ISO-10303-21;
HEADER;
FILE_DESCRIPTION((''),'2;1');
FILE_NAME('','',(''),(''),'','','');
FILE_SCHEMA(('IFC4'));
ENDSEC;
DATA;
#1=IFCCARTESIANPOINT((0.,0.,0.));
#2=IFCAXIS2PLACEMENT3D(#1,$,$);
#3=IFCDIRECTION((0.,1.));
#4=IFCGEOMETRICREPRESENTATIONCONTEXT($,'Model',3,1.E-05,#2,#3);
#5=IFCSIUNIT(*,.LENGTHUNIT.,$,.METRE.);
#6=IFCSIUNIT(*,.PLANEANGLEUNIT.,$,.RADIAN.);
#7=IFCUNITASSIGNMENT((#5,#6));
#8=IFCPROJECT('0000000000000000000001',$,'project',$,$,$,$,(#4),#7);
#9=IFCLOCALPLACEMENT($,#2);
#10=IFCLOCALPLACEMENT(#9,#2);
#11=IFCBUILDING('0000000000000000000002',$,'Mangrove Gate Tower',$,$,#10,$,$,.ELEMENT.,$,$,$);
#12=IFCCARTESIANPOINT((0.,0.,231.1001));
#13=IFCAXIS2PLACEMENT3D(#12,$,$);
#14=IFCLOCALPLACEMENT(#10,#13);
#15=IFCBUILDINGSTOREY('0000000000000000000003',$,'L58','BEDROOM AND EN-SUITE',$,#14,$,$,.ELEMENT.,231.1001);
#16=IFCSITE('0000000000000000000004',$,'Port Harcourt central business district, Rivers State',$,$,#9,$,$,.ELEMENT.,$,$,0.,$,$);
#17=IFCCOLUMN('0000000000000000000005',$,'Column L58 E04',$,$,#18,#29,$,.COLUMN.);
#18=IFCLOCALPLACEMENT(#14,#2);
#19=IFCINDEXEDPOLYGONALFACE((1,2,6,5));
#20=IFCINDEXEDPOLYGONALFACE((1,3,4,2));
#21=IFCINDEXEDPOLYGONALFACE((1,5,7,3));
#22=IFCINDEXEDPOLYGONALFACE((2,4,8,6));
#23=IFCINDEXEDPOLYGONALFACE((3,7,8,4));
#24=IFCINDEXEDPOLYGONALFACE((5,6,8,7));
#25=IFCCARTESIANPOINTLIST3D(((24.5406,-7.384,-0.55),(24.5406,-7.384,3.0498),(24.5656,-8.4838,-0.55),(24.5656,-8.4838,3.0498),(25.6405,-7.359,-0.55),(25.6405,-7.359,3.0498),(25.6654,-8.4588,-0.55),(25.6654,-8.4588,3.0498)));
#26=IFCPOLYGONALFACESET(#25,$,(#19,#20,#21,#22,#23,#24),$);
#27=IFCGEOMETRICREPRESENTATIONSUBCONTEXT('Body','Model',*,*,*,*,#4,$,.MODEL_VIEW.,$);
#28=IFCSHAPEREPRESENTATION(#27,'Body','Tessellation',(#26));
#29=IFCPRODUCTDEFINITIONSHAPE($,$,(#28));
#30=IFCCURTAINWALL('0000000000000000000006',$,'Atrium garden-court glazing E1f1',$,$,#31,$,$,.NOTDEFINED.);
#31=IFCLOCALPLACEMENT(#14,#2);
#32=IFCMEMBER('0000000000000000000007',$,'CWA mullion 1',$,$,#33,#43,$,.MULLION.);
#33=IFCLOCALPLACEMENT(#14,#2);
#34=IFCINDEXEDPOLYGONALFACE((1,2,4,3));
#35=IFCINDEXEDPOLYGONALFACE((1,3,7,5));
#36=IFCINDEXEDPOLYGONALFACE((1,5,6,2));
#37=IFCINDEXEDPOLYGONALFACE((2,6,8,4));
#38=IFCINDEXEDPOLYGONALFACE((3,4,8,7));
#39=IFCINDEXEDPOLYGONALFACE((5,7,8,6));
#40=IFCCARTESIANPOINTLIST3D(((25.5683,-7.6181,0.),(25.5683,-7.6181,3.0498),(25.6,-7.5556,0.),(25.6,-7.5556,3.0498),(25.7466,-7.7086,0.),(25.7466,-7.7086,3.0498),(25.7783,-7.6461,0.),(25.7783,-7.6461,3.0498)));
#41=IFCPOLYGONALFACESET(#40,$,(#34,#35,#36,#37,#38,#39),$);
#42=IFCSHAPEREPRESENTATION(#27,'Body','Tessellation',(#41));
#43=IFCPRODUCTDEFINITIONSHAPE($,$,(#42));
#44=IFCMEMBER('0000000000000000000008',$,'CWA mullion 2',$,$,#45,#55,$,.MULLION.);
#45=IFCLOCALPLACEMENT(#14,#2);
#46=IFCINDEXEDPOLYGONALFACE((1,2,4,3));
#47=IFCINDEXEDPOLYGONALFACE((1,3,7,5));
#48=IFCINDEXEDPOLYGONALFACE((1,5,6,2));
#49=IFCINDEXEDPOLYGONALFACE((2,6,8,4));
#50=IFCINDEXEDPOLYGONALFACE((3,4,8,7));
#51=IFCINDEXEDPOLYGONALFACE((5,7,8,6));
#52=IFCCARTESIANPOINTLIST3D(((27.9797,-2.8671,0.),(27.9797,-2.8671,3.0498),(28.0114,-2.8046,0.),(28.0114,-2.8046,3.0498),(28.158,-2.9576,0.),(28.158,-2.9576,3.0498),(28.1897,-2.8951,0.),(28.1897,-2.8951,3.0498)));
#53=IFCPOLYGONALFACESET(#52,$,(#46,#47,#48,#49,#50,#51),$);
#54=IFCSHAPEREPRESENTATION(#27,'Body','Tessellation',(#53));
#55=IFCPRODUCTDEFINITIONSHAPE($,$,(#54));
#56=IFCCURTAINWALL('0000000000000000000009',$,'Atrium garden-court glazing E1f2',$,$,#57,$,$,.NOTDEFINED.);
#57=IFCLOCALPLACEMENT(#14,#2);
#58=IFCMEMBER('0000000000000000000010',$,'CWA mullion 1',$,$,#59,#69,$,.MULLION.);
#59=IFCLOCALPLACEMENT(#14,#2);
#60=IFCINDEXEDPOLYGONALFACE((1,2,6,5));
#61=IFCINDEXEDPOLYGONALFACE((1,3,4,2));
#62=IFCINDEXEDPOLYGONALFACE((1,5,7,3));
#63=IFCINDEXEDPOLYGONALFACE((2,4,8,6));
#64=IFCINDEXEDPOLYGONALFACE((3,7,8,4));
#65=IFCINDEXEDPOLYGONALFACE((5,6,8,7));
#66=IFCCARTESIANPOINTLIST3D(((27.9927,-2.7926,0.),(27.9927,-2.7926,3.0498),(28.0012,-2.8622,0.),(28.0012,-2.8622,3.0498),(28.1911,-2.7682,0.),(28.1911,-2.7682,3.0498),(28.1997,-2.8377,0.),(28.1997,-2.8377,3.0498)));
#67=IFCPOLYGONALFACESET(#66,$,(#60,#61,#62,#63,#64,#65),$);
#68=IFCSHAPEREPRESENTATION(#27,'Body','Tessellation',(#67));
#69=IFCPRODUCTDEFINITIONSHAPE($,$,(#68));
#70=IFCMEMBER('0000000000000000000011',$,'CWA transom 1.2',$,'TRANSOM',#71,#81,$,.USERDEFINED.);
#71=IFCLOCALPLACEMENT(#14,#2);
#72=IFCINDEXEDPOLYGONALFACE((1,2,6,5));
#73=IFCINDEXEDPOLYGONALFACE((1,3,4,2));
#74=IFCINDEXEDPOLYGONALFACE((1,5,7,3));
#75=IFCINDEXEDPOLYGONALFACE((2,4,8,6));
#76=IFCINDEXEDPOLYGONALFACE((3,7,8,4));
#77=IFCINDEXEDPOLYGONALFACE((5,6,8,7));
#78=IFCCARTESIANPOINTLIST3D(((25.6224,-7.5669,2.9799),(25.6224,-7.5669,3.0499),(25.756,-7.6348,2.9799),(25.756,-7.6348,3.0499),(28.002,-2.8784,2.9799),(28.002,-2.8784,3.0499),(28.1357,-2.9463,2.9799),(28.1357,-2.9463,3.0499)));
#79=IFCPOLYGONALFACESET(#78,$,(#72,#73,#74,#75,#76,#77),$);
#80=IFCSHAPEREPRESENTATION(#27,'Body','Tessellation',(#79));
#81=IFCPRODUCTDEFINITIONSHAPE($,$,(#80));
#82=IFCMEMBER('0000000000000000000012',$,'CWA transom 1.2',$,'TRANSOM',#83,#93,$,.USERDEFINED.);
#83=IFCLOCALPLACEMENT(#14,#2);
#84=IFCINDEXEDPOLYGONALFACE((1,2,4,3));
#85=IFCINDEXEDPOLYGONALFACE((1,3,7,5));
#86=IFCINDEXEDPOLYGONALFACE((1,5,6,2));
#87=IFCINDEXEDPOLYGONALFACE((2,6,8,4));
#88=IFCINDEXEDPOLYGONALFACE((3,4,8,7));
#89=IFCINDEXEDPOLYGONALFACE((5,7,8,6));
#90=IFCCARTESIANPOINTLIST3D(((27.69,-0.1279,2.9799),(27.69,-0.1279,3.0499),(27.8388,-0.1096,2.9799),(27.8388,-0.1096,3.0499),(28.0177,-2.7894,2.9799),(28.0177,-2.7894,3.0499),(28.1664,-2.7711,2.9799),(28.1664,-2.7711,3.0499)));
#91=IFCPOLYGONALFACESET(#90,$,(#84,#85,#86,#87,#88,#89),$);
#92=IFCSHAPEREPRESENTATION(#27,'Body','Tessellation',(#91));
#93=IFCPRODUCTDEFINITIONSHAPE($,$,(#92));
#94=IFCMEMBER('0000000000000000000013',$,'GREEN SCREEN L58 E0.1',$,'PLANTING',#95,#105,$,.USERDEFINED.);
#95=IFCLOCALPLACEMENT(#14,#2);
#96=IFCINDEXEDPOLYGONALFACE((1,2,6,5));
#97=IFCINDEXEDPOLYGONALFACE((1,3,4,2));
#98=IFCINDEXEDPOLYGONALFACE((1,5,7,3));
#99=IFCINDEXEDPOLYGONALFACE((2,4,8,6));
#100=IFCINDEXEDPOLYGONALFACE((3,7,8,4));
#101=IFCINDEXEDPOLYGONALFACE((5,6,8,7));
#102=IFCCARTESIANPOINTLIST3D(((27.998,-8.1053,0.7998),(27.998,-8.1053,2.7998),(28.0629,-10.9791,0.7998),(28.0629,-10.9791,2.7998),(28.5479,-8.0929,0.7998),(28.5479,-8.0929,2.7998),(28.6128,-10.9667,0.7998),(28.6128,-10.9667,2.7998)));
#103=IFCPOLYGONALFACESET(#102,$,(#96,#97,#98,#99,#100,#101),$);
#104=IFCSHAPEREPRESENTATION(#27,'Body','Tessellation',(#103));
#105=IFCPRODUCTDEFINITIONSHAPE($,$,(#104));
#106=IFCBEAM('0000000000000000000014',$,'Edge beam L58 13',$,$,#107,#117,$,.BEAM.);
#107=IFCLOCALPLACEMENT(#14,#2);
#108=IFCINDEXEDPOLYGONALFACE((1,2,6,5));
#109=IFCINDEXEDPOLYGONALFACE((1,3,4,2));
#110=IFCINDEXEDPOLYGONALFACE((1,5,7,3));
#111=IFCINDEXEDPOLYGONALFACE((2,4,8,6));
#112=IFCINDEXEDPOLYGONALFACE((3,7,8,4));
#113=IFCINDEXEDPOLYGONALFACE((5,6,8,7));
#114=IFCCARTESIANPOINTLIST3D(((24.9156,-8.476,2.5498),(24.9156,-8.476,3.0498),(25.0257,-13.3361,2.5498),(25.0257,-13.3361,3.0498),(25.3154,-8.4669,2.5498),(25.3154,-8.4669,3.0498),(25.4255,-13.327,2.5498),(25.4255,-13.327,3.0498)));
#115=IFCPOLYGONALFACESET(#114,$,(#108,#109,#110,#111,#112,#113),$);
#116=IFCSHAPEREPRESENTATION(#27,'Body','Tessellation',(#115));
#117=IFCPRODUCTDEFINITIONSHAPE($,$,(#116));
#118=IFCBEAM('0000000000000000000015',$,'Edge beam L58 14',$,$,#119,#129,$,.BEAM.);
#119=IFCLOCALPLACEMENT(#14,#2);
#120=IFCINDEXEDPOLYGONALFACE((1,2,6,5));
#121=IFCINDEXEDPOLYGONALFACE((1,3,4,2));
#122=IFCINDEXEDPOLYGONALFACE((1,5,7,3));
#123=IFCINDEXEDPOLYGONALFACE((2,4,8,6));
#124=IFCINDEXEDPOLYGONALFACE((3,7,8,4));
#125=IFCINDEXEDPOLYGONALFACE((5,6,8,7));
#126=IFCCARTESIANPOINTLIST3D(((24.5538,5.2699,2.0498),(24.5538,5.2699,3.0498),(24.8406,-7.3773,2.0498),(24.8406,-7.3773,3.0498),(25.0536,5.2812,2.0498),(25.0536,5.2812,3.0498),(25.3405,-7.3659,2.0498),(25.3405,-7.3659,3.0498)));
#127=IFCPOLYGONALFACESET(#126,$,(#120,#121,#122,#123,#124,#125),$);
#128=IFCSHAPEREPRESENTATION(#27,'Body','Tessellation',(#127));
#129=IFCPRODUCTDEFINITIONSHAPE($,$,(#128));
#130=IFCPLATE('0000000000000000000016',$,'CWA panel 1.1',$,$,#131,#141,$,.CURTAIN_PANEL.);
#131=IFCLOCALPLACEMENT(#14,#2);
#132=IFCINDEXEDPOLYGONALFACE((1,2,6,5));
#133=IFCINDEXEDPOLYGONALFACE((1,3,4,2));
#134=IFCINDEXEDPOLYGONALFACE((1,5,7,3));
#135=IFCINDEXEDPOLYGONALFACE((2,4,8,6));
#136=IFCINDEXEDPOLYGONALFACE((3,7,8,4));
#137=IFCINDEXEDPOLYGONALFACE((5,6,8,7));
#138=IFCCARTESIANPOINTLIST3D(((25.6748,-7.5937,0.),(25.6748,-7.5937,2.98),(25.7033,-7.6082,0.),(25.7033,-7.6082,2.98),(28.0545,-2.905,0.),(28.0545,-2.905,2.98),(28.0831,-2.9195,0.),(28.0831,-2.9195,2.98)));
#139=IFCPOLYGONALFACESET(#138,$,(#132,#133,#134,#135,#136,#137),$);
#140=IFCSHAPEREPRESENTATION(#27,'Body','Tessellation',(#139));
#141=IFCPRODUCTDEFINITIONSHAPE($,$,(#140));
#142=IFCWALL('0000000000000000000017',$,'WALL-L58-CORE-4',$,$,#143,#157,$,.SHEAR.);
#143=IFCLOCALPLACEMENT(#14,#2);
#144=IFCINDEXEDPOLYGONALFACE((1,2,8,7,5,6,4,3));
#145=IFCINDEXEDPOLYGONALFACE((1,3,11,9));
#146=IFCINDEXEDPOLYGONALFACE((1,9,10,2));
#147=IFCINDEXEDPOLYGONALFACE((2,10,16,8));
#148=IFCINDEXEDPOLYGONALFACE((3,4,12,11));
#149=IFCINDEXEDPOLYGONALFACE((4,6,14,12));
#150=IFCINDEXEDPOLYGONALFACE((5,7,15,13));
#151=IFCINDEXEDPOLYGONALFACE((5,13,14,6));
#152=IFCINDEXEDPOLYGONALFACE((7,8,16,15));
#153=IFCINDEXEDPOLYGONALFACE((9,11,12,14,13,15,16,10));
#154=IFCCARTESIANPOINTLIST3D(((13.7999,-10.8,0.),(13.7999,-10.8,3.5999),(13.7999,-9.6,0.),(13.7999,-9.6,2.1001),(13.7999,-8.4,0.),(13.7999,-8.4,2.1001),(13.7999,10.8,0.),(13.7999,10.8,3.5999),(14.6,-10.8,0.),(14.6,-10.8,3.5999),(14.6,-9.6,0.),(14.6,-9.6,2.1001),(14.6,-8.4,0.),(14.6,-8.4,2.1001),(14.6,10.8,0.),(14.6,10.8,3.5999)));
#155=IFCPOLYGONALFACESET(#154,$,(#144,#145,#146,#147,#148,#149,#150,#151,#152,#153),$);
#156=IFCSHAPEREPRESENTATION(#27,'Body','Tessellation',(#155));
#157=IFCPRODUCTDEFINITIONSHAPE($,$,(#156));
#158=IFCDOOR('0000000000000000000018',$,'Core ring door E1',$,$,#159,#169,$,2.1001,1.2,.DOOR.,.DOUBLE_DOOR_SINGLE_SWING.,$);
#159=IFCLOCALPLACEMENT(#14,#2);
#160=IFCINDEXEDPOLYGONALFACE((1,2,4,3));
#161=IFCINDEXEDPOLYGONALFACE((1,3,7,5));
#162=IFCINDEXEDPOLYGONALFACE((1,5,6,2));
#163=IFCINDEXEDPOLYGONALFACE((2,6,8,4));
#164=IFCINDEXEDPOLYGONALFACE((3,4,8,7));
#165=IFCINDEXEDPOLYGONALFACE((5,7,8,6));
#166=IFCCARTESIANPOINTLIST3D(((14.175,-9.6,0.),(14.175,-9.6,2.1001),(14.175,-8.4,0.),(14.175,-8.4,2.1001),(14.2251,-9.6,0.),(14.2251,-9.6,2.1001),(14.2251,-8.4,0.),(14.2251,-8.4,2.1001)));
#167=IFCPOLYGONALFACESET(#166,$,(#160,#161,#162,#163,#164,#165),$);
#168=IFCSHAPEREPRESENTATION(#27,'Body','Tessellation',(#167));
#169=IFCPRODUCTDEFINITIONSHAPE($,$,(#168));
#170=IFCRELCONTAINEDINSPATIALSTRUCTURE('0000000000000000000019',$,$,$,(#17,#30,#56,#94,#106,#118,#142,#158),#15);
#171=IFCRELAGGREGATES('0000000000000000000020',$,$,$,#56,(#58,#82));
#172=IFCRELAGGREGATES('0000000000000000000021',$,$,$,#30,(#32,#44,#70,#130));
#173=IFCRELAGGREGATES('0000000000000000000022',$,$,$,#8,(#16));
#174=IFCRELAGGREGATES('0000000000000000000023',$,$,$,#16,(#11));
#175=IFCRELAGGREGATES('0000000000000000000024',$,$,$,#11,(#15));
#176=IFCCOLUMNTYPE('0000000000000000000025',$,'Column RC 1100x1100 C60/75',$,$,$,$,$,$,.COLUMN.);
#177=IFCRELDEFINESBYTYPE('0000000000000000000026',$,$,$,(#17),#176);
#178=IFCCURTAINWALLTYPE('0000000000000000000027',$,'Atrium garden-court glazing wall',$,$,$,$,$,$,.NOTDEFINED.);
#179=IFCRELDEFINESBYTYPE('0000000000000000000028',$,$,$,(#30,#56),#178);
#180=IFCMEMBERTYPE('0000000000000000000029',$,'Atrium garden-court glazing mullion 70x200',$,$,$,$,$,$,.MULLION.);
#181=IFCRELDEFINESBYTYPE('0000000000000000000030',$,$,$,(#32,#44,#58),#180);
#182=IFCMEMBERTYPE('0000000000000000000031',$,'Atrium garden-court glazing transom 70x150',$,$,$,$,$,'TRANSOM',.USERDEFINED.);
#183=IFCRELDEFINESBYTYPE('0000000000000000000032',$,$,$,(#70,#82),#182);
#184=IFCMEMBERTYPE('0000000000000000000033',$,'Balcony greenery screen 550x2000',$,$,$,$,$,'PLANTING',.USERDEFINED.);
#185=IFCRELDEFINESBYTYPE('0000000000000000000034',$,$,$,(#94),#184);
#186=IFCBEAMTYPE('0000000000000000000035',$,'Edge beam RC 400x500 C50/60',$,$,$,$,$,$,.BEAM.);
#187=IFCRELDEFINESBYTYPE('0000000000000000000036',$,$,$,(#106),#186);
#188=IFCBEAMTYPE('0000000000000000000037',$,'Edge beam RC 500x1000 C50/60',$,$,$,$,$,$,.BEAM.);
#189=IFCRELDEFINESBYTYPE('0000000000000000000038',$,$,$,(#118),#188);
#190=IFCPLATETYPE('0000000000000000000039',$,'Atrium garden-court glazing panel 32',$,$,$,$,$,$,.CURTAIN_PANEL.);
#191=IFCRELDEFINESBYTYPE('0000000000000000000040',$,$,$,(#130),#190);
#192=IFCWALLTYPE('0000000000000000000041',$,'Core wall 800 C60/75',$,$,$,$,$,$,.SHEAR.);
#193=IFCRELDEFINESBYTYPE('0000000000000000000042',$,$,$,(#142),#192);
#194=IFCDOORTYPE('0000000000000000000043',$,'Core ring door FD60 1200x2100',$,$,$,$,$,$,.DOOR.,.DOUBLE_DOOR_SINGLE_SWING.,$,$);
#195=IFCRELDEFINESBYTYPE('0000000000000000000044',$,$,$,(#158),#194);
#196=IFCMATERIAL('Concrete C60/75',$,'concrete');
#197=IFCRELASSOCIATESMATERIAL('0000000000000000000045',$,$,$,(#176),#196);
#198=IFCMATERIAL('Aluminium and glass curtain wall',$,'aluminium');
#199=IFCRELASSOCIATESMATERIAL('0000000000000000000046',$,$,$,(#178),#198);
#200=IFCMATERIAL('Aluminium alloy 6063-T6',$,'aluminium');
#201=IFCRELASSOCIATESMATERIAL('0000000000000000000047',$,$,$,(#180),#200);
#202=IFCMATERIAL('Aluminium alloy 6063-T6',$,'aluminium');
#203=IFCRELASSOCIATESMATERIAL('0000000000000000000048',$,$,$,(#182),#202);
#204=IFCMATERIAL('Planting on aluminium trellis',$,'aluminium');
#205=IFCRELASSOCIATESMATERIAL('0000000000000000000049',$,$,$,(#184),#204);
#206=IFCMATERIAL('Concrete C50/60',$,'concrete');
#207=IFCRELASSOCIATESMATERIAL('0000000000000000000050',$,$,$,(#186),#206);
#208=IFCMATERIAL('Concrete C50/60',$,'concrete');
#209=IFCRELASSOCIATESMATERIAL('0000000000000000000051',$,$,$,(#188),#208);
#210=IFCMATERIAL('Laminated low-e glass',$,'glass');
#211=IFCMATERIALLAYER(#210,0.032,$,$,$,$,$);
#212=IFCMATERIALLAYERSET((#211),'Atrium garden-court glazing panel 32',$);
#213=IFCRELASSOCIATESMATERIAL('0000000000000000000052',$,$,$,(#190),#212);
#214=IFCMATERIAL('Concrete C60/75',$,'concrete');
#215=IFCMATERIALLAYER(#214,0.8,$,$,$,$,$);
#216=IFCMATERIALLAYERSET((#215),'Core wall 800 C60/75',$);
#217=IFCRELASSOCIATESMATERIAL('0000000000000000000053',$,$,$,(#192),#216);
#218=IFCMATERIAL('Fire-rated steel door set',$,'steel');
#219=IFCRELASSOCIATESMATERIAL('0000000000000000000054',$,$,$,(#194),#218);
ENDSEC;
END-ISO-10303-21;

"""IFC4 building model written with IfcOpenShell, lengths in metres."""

from ifc_helpers import new_model, si_unit, direction, frame, frame_2d, origin, origin_2d, place, context, subcontext, project, spatial, rectangle, extrude, material, layer, layer_set, material_profile, profile_set, type_object, element, fill, aggregate, save


model = new_model("IFC4")

# Units and contexts
model_context = context("Model", 3, precision=1e-05, world=origin(), true_north=direction((0.0, 1.0)))
body_context = subcontext(model_context, "Body", "Model", "MODEL_VIEW")
ifc_project = project(units=[si_unit("LENGTHUNIT", "METRE"), si_unit("PLANEANGLEUNIT", "RADIAN")], contexts=[model_context])

# Site, building, storey
site_placement = place(None, origin())
site = spatial("IfcSite", under=ifc_project, at=site_placement, Name="Port Harcourt central business district, Rivers State", CompositionType="ELEMENT", RefElevation=0.0)
building_placement = place(site_placement, origin())
building = spatial("IfcBuilding", under=site, at=building_placement, Name="Mangrove Gate Tower", CompositionType="ELEMENT")
storey_placement = place(building_placement, frame((0.0, 0.0, 231.1001)))
storey = spatial("IfcBuildingStorey", under=building, at=storey_placement, Name="L58", Description="BEDROOM AND EN-SUITE", CompositionType="ELEMENT", Elevation=231.1001)

# Column
ifc_material_1 = material(Name="Concrete C60/75", Category="concrete")
ifc_material_profile_1 = material_profile(ifc_material_1, rectangle(XDim=1.1001, YDim=1.1001, at=origin_2d()))
ifc_profile_set_1 = profile_set([ifc_material_profile_1], Name="Concrete C60/75")
column_type = type_object("IfcColumnType", Name="Column RC 1100x1100 C60/75", PredefinedType="COLUMN", material=ifc_profile_set_1)
column_placement = place(storey_placement, frame((25.103, -7.9214, -0.55), z_axis=(0.0, 0.0, 1.0), x_axis=(-0.022676, 0.999743, 0.0)))
element("IfcColumn", 1, at=column_placement, inside=storey, type_object=column_type, Name="Column L58 E04", PredefinedType="COLUMN", context=body_context, shape_type="SweptSolid", body=[
    extrude(rectangle(XDim=1.1001, YDim=1.1001, at=origin_2d()), origin(), (0.0, 0.0, 1.0), 3.5999),
])

# Curtain wall, members
ifc_material_2 = material(Name="Aluminium and glass curtain wall", Category="aluminium")
curtain_wall_type = type_object("IfcCurtainWallType", Name="Atrium garden-court glazing wall", PredefinedType="NOTDEFINED", material=ifc_material_2)
curtain_wall_1_placement = place(storey_placement, origin())
curtain_wall_1 = element("IfcCurtainWall", 2, at=curtain_wall_1_placement, inside=storey, type_object=curtain_wall_type, Name="Atrium garden-court glazing E1f1", PredefinedType="NOTDEFINED")
ifc_material_3 = material(Name="Aluminium alloy 6063-T6", Category="aluminium")
ifc_material_profile_2 = material_profile(ifc_material_3, rectangle(XDim=0.0701, YDim=0.2, at=origin_2d()))
ifc_profile_set_2 = profile_set([ifc_material_profile_2], Name="Aluminium alloy 6063-T6")
member_type_1 = type_object("IfcMemberType", Name="Atrium garden-court glazing mullion 70x200", PredefinedType="MULLION", material=ifc_profile_set_2)
member_1_placement = place(storey_placement, frame((25.6733, -7.6321, 0.0), z_axis=(0.0, 0.0, 1.0), x_axis=(0.452598, 0.891715, 0.0)))
member_1 = element("IfcMember", 3, at=member_1_placement, type_object=member_type_1, Name="CWA mullion 1", PredefinedType="MULLION", context=body_context, shape_type="SweptSolid", body=[
    extrude(rectangle(XDim=0.0701, YDim=0.2, at=origin_2d()), origin(), (0.0, 0.0, 1.0), 3.0498),
])
member_2_placement = place(storey_placement, frame((28.0847, -2.8811, 0.0), z_axis=(0.0, 0.0, 1.0), x_axis=(0.452598, 0.891715, 0.0)))
member_2 = element("IfcMember", 4, at=member_2_placement, type_object=member_type_1, Name="CWA mullion 2", PredefinedType="MULLION", context=body_context, shape_type="SweptSolid", body=[
    extrude(rectangle(XDim=0.0701, YDim=0.2, at=origin_2d()), origin(), (0.0, 0.0, 1.0), 3.0498),
])

# Curtain wall, member
curtain_wall_2_placement = place(storey_placement, origin())
curtain_wall_2 = element("IfcCurtainWall", 5, at=curtain_wall_2_placement, inside=storey, type_object=curtain_wall_type, Name="Atrium garden-court glazing E1f2", PredefinedType="NOTDEFINED")
member_3_placement = place(storey_placement, frame((28.0962, -2.8152, 0.0), z_axis=(0.0, 0.0, 1.0), x_axis=(-0.122172, 0.992509, 0.0)))
member_3 = element("IfcMember", 6, at=member_3_placement, type_object=member_type_1, Name="CWA mullion 1", PredefinedType="MULLION", context=body_context, shape_type="SweptSolid", body=[
    extrude(rectangle(XDim=0.0701, YDim=0.2, at=origin_2d()), origin(), (0.0, 0.0, 1.0), 3.0498),
])

# Members
ifc_material_4 = material(Name="Aluminium alloy 6063-T6", Category="aluminium")
ifc_material_profile_3 = material_profile(ifc_material_4, rectangle(XDim=0.0701, YDim=0.1499, at=origin_2d()))
ifc_profile_set_3 = profile_set([ifc_material_profile_3], Name="Aluminium alloy 6063-T6")
member_type_2 = type_object("IfcMemberType", Name="Atrium garden-court glazing transom 70x150", ElementType="TRANSOM", PredefinedType="USERDEFINED", material=ifc_profile_set_3)
member_4_placement = place(storey_placement, frame((25.6892, -7.6008, 3.0149), z_axis=(0.452592, 0.891718, 0.0), x_axis=(0.0, 0.0, 1.0)))
member_4 = element("IfcMember", 7, at=member_4_placement, type_object=member_type_2, Name="CWA transom 1.2", ObjectType="TRANSOM", PredefinedType="USERDEFINED", context=body_context, shape_type="SweptSolid", body=[
    extrude(rectangle(XDim=0.0701, YDim=0.1499, at=origin_2d()), origin(), (0.0, 0.0, 1.0), 5.2578),
])
member_5_placement = place(storey_placement, frame((28.092, -2.7803, 3.0149), z_axis=(-0.122175, 0.992509, 0.0), x_axis=(0.0, 0.0, 1.0)))
member_5 = element("IfcMember", 8, at=member_5_placement, type_object=member_type_2, Name="CWA transom 1.2", ObjectType="TRANSOM", PredefinedType="USERDEFINED", context=body_context, shape_type="SweptSolid", body=[
    extrude(rectangle(XDim=0.0701, YDim=0.1499, at=origin_2d()), origin(), (0.0, 0.0, 1.0), 2.6816),
])
aggregate(curtain_wall_2, [member_3, member_5])
ifc_material_5 = material(Name="Planting on aluminium trellis", Category="aluminium")
ifc_material_profile_4 = material_profile(ifc_material_5, rectangle(XDim=0.55, YDim=2.0, at=origin_2d()))
ifc_profile_set_4 = profile_set([ifc_material_profile_4], Name="Planting on aluminium trellis")
member_type_3 = type_object("IfcMemberType", Name="Balcony greenery screen 550x2000", ElementType="PLANTING", PredefinedType="USERDEFINED", material=ifc_profile_set_4)
member_6_placement = place(storey_placement, frame((28.3379, -10.9729, 1.7998), z_axis=(-0.022592, 0.999745, 0.0), x_axis=(-0.999745, -0.022592, 0.0)))
element("IfcMember", 9, at=member_6_placement, inside=storey, type_object=member_type_3, Name="GREEN SCREEN L58 E0.1", ObjectType="PLANTING", PredefinedType="USERDEFINED", context=body_context, shape_type="SweptSolid", body=[
    extrude(rectangle(XDim=0.55, YDim=2.0, at=origin_2d()), origin(), (0.0, 0.0, 1.0), 2.8745),
])

# Beams
ifc_material_6 = material(Name="Concrete C50/60", Category="concrete")
ifc_material_profile_5 = material_profile(ifc_material_6, rectangle(XDim=0.3999, YDim=0.5, at=origin_2d()))
ifc_profile_set_5 = profile_set([ifc_material_profile_5], Name="Concrete C50/60")
beam_type_1 = type_object("IfcBeamType", Name="Edge beam RC 400x500 C50/60", PredefinedType="BEAM", material=ifc_profile_set_5)
beam_1_placement = place(storey_placement, frame((25.2256, -13.3315, 2.7998), z_axis=(-0.02265, 0.999743, 0.0), x_axis=(-0.999743, -0.02265, 0.0)))
element("IfcBeam", 10, at=beam_1_placement, inside=storey, type_object=beam_type_1, Name="Edge beam L58 13", PredefinedType="BEAM", context=body_context, shape_type="SweptSolid", body=[
    extrude(rectangle(XDim=0.3999, YDim=0.5, at=origin_2d()), origin(), (0.0, 0.0, 1.0), 4.8613),
])
ifc_material_7 = material(Name="Concrete C50/60", Category="concrete")
ifc_material_profile_6 = material_profile(ifc_material_7, rectangle(XDim=0.5, YDim=1.0, at=origin_2d()))
ifc_profile_set_6 = profile_set([ifc_material_profile_6], Name="Concrete C50/60")
beam_type_2 = type_object("IfcBeamType", Name="Edge beam RC 500x1000 C50/60", PredefinedType="BEAM", material=ifc_profile_set_6)
beam_2_placement = place(storey_placement, frame((25.0906, -7.3716, 2.5498), z_axis=(-0.022676, 0.999743, 0.0), x_axis=(-0.999743, -0.022676, 0.0)))
element("IfcBeam", 11, at=beam_2_placement, inside=storey, type_object=beam_type_2, Name="Edge beam L58 14", PredefinedType="BEAM", context=body_context, shape_type="SweptSolid", body=[
    extrude(rectangle(XDim=0.5, YDim=1.0, at=origin_2d()), origin(), (0.0, 0.0, 1.0), 12.6504),
])

# Plate
ifc_material_8 = material(Name="Laminated low-e glass", Category="glass")
ifc_layer_1 = layer(ifc_material_8, 0.032)
ifc_layer_set_1 = layer_set([ifc_layer_1], Name="Atrium garden-court glazing panel 32")
plate_type = type_object("IfcPlateType", Name="Atrium garden-court glazing panel 32", PredefinedType="CURTAIN_PANEL", material=ifc_layer_set_1)
plate_placement = place(storey_placement, frame((26.8789, -5.2566, 0.0), z_axis=(0.0, 0.0, 1.0), x_axis=(0.452598, 0.891715, 0.0)))
plate = element("IfcPlate", 12, at=plate_placement, type_object=plate_type, Name="CWA panel 1.1", PredefinedType="CURTAIN_PANEL", context=body_context, shape_type="SweptSolid", body=[
    extrude(rectangle(XDim=5.2581, YDim=0.032, at=origin_2d()), origin(), (0.0, 0.0, 1.0), 2.98),
])
aggregate(curtain_wall_1, [member_1, member_2, member_4, plate])

# Wall, opening, door
ifc_material_9 = material(Name="Concrete C60/75", Category="concrete")
ifc_layer_2 = layer(ifc_material_9, 0.8)
ifc_layer_set_2 = layer_set([ifc_layer_2], Name="Core wall 800 C60/75")
wall_type_1 = type_object("IfcWallType", Name="Core wall 800 C60/75", PredefinedType="SHEAR", material=ifc_layer_set_2)
wall_1_placement = place(storey_placement, frame((14.2, -10.8, 0.0), z_axis=(0.0, 0.0, 1.0), x_axis=(0.0, 1.0, 0.0)))
wall_1 = element("IfcWall", 13, at=wall_1_placement, inside=storey, type_object=wall_type_1, Name="WALL-L58-CORE-4", PredefinedType="SHEAR", context=body_context, shape_type="SweptSolid", body=[
    extrude(rectangle(XDim=21.6001, YDim=0.8, at=frame_2d((10.8, 0.0))), origin(), (0.0, 0.0, 1.0), 3.5999),
])
opening_1_placement = place(wall_1_placement, frame((1.2, 0.0, 0.0)))
opening_1 = element("IfcOpeningElement", 14, at=opening_1_placement, cuts=wall_1, PredefinedType="OPENING", context=body_context, shape_type="SweptSolid", body=[
    extrude(rectangle(XDim=1.2, YDim=2.1001, at=frame_2d((0.6001, 1.05))), frame((0.0, 0.4099, 0.0), z_axis=(0.0, -1.0, 0.0), x_axis=(1.0, 0.0, 0.0)), (0.0, 0.0, 1.0), 0.8201),
])
ifc_material_10 = material(Name="Fire-rated steel door set", Category="steel")
door_type_1 = type_object("IfcDoorType", Name="Core ring door FD60 1200x2100", OperationType="DOUBLE_DOOR_SINGLE_SWING", PredefinedType="DOOR", material=ifc_material_10)
door_1_placement = place(opening_1_placement, origin())
door_1 = element("IfcDoor", 15, at=door_1_placement, inside=storey, type_object=door_type_1, Name="Core ring door E1", OperationType="DOUBLE_DOOR_SINGLE_SWING", OverallHeight=2.1001, OverallWidth=1.2, PredefinedType="DOOR", context=body_context, shape_type="SweptSolid", body=[
    extrude(rectangle(XDim=1.2, YDim=2.1001, at=frame_2d((0.6001, 1.05))), frame((0.0, 0.0249, 0.0), z_axis=(0.0, -1.0, 0.0), x_axis=(1.0, 0.0, 0.0)), (0.0, 0.0, 1.0), 0.05),
])
fill(opening_1, door_1)

save(model, "model.ifc")
